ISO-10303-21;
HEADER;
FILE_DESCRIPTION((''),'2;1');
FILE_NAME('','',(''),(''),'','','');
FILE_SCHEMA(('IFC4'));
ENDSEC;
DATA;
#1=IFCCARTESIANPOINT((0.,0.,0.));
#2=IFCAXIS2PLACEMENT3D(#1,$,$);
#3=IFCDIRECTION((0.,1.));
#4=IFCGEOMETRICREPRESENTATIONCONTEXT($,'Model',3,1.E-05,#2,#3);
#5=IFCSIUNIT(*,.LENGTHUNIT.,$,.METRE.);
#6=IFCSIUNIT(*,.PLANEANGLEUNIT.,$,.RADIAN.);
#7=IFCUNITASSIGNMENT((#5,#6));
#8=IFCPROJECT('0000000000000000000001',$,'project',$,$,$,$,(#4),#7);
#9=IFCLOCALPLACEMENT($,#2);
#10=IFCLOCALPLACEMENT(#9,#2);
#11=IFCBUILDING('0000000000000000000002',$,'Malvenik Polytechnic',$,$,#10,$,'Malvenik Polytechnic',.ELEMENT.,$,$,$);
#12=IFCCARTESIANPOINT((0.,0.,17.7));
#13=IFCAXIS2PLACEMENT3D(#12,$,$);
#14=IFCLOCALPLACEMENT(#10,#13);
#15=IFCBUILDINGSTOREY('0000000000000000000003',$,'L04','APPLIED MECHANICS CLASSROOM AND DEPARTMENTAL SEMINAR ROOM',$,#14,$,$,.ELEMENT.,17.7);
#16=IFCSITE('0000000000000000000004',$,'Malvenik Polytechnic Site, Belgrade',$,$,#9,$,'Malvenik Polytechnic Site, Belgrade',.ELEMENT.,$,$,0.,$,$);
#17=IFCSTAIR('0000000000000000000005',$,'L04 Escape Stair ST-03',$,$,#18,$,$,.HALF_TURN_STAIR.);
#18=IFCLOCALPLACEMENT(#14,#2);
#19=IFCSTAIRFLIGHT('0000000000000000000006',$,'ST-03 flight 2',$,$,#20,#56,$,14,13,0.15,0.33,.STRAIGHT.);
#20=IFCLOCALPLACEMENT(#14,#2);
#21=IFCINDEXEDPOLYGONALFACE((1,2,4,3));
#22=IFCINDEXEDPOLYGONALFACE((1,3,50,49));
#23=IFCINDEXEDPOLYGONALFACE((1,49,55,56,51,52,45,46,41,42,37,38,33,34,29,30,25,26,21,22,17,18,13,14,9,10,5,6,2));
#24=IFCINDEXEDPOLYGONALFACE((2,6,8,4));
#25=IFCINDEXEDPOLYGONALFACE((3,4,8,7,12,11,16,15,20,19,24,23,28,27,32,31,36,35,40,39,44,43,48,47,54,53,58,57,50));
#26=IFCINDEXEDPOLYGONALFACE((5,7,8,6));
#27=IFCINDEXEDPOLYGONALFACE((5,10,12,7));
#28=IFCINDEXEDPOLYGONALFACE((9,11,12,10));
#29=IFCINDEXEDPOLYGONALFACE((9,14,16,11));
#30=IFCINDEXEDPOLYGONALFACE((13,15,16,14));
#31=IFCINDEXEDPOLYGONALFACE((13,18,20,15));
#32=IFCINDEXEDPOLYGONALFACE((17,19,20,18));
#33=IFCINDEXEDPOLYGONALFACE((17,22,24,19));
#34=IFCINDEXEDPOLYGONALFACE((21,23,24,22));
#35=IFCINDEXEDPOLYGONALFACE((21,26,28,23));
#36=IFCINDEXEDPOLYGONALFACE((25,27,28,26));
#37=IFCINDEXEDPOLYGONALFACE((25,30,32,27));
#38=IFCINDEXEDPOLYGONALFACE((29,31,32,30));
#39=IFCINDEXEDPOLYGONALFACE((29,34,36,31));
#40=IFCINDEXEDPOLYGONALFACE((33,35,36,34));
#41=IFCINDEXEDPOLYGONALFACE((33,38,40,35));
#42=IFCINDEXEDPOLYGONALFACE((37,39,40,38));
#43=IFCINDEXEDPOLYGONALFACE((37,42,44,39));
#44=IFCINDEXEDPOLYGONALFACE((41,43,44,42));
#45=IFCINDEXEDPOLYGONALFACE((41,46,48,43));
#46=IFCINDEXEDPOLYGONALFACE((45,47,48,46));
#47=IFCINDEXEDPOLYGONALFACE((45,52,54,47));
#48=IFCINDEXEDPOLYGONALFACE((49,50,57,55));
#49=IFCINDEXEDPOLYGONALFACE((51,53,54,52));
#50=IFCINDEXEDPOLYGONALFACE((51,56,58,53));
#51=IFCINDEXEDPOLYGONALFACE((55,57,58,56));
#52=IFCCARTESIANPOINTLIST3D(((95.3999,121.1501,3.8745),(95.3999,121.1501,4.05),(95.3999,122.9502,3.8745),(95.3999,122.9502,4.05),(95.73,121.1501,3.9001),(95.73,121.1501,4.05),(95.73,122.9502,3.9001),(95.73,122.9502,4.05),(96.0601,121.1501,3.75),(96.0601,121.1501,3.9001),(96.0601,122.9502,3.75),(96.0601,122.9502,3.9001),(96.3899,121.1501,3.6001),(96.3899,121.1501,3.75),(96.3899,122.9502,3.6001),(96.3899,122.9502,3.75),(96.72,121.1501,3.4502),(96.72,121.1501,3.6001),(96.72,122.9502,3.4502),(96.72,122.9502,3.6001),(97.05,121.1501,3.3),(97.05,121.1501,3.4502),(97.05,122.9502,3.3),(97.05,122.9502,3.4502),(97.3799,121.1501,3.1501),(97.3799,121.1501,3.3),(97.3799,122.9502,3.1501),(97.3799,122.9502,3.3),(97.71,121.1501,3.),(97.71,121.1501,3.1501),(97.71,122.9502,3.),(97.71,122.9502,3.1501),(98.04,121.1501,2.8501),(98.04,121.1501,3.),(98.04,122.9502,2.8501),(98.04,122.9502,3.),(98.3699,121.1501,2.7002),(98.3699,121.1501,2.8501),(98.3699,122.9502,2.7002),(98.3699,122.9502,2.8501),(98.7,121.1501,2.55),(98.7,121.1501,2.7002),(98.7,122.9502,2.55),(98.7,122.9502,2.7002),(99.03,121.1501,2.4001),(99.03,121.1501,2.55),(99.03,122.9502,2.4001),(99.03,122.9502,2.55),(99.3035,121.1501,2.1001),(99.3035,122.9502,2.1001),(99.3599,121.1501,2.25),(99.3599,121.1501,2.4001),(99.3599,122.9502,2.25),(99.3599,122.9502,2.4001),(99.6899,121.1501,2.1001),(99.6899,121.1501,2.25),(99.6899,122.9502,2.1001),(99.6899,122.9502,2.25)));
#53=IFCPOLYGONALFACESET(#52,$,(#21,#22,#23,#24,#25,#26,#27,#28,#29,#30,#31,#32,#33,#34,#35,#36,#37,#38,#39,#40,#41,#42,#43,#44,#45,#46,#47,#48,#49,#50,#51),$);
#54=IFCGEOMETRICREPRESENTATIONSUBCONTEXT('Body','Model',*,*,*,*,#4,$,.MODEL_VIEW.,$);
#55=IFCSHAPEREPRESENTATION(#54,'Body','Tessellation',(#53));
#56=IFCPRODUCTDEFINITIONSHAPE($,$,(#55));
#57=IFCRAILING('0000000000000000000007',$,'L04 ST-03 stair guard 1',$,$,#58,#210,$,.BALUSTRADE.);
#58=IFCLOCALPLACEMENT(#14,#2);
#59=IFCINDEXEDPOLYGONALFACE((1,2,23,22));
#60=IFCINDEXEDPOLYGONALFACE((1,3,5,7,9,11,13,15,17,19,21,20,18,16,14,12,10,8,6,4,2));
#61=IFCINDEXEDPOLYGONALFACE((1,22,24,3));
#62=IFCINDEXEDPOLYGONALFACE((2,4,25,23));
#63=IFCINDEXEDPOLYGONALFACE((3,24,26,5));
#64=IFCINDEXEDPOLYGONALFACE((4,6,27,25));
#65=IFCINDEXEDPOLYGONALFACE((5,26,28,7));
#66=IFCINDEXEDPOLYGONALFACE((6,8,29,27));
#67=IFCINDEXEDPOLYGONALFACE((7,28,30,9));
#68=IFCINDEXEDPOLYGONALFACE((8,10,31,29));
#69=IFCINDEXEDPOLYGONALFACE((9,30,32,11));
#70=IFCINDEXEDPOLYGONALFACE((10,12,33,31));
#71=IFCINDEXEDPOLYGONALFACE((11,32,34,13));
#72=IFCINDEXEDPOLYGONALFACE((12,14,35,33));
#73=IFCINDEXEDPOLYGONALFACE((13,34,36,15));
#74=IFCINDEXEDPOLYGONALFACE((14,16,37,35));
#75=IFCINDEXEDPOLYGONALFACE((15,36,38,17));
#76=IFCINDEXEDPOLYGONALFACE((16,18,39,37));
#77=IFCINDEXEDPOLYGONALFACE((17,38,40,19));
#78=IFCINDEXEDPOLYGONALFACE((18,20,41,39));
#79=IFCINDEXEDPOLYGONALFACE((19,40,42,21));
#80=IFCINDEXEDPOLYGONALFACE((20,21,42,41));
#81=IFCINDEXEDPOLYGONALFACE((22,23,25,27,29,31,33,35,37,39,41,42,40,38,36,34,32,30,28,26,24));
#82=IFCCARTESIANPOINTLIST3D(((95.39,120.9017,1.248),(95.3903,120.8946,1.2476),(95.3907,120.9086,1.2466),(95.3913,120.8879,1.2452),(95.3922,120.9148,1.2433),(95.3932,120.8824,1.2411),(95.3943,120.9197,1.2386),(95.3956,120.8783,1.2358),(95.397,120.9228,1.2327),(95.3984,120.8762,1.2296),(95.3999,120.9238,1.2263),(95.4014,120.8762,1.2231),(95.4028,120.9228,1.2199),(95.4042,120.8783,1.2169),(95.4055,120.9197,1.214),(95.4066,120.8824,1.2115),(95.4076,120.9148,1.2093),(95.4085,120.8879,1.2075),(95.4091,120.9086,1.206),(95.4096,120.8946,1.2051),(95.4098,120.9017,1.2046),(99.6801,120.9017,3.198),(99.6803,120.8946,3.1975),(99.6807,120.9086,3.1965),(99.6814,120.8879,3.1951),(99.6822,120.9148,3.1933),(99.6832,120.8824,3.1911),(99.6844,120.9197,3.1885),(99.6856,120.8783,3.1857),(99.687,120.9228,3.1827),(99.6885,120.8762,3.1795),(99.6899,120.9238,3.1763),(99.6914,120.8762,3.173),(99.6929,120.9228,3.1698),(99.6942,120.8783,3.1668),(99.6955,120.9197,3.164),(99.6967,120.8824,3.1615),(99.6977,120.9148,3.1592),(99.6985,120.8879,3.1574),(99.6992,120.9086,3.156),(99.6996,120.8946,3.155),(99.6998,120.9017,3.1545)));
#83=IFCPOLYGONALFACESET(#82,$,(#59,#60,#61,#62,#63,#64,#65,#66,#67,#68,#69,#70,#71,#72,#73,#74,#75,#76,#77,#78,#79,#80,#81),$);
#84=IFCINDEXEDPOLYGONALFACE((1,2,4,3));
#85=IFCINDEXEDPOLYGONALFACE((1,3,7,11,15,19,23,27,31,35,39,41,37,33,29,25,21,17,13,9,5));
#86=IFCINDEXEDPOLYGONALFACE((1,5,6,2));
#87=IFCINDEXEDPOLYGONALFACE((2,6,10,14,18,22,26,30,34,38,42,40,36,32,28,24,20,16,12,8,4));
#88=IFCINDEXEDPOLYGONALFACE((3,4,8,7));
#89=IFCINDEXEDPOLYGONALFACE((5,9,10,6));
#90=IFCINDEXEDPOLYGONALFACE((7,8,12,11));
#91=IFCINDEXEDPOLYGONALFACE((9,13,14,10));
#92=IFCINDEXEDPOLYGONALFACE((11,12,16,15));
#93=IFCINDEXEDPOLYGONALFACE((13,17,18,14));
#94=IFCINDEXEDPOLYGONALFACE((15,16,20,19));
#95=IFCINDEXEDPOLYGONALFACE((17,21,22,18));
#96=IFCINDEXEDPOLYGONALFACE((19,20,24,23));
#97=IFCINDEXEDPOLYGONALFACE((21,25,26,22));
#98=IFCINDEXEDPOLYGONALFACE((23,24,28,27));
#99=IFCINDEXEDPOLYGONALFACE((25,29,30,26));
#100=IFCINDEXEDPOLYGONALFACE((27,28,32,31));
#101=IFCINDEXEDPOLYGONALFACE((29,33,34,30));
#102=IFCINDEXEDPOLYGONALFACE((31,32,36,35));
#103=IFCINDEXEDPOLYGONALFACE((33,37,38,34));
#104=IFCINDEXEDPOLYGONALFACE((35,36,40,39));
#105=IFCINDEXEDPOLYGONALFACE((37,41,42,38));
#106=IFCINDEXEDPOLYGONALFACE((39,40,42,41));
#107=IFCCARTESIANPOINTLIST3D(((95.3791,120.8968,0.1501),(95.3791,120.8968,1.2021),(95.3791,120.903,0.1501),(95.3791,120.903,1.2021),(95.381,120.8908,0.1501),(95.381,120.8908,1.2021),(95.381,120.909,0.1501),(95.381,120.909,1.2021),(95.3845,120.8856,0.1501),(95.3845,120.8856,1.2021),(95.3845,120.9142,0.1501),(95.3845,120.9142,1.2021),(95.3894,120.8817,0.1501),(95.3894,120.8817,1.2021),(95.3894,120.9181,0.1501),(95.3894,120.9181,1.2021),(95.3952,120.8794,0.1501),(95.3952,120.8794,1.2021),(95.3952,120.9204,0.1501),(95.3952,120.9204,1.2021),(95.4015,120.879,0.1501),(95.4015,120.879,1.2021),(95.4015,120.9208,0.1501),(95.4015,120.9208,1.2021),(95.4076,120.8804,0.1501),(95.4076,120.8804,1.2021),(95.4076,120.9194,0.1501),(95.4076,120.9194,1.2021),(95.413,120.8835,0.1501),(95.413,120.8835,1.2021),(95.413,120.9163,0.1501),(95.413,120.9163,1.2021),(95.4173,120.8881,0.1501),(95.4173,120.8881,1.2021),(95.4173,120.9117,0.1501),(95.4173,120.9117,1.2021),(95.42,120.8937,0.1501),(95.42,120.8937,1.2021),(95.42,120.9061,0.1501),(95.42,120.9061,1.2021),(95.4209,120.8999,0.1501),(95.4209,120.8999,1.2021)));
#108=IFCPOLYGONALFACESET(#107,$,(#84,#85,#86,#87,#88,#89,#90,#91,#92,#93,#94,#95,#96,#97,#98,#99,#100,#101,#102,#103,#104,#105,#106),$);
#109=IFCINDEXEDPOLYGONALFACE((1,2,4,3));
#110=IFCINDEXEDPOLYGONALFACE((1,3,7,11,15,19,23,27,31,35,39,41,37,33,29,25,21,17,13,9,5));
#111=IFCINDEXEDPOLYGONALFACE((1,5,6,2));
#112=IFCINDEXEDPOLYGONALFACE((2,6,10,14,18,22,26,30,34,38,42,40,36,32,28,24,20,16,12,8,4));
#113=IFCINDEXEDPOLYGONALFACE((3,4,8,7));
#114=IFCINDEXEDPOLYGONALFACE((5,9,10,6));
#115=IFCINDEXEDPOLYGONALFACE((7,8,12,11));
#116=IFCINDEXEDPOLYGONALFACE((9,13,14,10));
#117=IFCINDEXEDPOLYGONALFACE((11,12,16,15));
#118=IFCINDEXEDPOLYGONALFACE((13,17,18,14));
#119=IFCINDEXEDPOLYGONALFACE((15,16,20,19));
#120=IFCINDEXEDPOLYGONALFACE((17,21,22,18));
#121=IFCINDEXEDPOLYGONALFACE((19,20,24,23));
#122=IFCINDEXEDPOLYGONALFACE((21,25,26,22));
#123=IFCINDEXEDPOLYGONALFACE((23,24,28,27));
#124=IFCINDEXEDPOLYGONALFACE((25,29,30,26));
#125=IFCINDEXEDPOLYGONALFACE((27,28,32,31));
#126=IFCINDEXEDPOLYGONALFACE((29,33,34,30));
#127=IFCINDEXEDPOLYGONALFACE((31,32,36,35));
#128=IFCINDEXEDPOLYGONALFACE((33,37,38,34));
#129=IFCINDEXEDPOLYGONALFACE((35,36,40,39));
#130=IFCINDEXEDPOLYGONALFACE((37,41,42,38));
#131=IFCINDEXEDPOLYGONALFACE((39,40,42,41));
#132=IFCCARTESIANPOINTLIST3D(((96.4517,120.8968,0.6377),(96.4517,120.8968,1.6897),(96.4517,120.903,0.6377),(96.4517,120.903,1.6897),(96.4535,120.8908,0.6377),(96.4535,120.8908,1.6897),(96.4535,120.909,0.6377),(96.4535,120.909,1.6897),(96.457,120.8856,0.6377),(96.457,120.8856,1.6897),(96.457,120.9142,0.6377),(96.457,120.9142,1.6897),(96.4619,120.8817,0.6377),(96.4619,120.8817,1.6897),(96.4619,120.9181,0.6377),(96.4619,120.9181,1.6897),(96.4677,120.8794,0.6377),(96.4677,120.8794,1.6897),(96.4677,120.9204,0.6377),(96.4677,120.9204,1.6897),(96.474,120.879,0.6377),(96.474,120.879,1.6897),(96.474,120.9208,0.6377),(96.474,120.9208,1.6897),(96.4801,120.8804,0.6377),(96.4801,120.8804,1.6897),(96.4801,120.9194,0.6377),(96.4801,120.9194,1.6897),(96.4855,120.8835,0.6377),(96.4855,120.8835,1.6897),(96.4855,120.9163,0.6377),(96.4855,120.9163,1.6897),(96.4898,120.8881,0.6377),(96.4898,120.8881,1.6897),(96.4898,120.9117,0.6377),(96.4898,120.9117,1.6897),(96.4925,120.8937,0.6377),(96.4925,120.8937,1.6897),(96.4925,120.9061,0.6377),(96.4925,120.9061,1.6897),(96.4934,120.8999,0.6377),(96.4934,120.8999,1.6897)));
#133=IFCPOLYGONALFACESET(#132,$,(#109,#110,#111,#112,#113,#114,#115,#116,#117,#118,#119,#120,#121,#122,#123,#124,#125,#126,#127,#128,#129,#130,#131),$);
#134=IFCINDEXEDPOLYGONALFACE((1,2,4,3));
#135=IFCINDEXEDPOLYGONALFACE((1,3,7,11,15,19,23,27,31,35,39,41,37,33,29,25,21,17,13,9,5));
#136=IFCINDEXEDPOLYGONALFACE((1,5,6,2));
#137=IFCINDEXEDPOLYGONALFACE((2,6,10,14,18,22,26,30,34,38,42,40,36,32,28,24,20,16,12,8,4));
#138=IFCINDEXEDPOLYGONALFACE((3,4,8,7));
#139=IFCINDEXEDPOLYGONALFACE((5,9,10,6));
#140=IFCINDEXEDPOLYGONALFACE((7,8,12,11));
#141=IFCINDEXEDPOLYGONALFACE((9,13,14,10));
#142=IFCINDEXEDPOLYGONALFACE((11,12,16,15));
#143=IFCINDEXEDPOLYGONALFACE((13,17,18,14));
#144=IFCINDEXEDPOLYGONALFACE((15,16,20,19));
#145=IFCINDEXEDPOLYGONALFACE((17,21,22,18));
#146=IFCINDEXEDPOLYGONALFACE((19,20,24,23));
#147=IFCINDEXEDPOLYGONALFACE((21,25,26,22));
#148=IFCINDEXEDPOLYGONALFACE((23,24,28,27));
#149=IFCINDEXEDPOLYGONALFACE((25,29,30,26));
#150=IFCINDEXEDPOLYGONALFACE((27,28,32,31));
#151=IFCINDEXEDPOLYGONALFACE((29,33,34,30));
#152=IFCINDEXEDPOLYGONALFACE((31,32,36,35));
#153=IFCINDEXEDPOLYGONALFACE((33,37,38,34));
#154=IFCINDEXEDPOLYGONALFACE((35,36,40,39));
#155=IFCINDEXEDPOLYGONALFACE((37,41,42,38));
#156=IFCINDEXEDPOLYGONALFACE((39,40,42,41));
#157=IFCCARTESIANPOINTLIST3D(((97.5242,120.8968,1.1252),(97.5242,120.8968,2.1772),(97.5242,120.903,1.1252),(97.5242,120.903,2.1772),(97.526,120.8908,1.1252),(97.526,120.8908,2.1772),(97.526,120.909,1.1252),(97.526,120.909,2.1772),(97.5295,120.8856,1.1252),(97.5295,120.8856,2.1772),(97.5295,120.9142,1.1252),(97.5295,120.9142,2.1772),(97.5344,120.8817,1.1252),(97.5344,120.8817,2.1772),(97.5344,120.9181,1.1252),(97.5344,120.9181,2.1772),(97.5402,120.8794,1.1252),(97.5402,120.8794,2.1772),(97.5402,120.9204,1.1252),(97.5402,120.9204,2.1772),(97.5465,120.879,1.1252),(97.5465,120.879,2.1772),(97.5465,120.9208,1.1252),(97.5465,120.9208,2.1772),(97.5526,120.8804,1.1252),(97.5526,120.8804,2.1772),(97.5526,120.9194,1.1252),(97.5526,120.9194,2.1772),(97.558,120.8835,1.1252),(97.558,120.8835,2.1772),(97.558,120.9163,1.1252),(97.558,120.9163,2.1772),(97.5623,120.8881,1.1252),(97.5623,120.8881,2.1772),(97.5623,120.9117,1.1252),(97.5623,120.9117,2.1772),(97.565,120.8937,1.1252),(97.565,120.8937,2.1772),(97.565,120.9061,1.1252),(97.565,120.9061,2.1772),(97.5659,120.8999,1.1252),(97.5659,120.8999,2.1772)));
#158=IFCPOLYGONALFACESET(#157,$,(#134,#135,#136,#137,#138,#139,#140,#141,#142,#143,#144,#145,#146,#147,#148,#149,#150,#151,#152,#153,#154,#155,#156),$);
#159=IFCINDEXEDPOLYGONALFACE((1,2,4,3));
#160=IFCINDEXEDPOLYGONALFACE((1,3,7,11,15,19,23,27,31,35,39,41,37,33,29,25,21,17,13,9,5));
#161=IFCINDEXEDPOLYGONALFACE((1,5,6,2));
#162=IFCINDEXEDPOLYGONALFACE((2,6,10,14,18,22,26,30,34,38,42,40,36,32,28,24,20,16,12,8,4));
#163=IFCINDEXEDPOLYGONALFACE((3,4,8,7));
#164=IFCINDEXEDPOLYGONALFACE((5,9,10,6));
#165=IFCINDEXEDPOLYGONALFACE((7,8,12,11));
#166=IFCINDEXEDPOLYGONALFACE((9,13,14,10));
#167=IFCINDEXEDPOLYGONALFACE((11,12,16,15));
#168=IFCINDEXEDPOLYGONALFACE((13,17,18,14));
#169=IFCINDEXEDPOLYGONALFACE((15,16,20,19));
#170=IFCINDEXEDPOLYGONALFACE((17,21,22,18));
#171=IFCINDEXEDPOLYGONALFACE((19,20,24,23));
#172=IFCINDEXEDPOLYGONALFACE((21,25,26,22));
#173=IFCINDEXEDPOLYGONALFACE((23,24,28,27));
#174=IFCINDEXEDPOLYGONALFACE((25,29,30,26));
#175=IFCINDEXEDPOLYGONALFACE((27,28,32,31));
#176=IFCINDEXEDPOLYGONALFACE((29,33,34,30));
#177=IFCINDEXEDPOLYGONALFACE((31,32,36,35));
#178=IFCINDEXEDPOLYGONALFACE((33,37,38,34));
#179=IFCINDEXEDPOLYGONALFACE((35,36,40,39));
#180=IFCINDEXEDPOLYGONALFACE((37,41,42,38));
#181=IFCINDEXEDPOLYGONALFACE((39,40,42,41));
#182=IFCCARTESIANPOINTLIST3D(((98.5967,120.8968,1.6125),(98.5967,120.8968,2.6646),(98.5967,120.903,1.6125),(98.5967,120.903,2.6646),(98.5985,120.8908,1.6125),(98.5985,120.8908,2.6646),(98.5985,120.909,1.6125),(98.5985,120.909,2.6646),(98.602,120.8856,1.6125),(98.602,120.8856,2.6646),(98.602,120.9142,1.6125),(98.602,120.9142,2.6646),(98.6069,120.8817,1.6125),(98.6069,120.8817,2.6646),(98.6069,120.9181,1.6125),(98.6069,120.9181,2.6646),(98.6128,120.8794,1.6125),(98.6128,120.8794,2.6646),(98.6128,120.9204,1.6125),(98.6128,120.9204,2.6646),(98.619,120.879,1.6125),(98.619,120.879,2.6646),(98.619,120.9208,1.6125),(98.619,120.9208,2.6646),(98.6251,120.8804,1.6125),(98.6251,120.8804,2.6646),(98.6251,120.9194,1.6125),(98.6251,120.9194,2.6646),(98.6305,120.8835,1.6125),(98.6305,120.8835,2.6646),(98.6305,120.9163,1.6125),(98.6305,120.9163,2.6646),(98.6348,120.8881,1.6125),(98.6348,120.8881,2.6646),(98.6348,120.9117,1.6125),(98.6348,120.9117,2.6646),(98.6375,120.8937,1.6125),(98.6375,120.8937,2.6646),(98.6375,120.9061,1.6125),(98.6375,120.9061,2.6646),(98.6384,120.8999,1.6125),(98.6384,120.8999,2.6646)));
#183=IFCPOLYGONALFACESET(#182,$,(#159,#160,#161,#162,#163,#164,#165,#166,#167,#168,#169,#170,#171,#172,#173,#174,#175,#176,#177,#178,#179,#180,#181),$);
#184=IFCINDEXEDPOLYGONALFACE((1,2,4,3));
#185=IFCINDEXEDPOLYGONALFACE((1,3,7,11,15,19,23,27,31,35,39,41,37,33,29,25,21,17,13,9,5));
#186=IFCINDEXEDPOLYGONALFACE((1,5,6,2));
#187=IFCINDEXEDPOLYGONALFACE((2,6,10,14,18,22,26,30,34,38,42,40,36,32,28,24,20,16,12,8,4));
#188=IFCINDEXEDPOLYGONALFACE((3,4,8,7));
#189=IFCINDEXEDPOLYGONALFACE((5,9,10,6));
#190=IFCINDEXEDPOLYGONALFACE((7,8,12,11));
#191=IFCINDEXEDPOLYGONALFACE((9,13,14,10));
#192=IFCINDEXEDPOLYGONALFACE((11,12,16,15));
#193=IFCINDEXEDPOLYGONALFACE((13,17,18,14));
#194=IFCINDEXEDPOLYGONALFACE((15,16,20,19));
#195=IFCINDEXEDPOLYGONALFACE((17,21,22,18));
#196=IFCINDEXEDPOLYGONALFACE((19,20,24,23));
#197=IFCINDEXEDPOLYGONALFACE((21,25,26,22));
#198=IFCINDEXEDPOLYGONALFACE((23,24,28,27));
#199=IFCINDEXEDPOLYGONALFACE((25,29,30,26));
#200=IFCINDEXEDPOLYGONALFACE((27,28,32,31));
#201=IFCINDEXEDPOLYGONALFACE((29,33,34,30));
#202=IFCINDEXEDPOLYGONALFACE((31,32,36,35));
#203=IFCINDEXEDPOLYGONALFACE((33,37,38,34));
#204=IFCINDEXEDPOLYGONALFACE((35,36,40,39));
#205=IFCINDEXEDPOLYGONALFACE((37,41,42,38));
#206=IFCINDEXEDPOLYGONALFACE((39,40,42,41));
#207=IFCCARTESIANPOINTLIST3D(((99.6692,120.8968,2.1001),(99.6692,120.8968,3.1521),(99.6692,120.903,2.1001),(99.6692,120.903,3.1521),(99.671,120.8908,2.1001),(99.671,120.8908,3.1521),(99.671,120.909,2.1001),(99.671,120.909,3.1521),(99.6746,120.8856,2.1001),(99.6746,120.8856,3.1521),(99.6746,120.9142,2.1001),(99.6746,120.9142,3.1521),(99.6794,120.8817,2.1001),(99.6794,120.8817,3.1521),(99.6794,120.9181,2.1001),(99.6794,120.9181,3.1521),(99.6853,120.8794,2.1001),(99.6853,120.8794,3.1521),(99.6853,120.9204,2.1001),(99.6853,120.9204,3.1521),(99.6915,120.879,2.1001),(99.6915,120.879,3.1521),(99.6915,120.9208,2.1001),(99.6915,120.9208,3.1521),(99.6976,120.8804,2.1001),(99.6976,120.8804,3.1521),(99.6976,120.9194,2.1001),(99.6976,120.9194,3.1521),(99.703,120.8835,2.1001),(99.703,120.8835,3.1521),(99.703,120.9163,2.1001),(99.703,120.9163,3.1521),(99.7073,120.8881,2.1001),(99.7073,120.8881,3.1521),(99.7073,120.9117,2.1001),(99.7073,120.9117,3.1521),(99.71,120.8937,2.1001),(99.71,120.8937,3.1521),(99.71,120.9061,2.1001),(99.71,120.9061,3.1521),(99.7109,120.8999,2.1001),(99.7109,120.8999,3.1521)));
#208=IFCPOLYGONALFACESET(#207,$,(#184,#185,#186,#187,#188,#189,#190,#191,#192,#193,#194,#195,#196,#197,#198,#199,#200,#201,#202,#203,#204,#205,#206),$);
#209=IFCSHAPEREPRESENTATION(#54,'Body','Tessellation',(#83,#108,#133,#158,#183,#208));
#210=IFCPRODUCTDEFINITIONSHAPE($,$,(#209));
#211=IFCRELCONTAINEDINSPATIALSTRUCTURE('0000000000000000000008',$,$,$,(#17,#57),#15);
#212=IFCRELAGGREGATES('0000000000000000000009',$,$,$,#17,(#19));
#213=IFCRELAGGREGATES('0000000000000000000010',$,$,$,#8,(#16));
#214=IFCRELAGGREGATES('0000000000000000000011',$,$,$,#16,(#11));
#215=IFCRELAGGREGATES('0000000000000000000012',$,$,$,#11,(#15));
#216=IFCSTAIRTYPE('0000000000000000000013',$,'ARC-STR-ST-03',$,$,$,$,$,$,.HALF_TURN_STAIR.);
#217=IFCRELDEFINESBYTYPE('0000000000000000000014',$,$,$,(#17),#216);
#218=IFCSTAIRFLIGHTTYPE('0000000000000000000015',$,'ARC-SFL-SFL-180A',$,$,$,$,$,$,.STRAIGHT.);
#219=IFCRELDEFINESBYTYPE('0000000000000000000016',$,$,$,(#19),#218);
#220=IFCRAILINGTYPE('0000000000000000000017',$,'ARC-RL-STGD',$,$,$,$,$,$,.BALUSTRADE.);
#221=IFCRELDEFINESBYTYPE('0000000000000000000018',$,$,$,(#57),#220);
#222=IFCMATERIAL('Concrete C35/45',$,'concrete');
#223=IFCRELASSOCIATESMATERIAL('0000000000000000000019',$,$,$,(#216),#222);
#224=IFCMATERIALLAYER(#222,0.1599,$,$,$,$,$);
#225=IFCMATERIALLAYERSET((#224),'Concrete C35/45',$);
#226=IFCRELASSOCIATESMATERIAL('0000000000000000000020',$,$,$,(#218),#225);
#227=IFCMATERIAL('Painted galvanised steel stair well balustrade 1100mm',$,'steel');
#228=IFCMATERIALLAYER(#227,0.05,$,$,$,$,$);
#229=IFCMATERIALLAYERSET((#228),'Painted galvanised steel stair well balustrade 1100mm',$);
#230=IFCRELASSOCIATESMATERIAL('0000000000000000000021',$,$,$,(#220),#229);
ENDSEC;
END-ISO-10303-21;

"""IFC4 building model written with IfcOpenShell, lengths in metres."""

from ifc_helpers import new_model, si_unit, direction, frame, origin, origin_2d, place, context, subcontext, project, spatial, polyline, circle, outline, extrude, material, layer, layer_set, type_object, element, aggregate, save


model = new_model("IFC4")

# Units and contexts
model_context = context("Model", 3, precision=1e-05, world=origin(), true_north=direction((0.0, 1.0)))
body_context = subcontext(model_context, "Body", "Model", "MODEL_VIEW")
ifc_project = project(units=[si_unit("LENGTHUNIT", "METRE"), si_unit("PLANEANGLEUNIT", "RADIAN")], contexts=[model_context])

# Site, building, storey
site_placement = place(None, origin())
site = spatial("IfcSite", under=ifc_project, at=site_placement, Name="Malvenik Polytechnic Site, Belgrade", LongName="Malvenik Polytechnic Site, Belgrade", CompositionType="ELEMENT", RefElevation=0.0)
building_placement = place(site_placement, origin())
building = spatial("IfcBuilding", under=site, at=building_placement, Name="Malvenik Polytechnic", LongName="Malvenik Polytechnic", CompositionType="ELEMENT")
storey_placement = place(building_placement, frame((0.0, 0.0, 17.7)))
storey = spatial("IfcBuildingStorey", under=building, at=storey_placement, Name="L04", Description="APPLIED MECHANICS CLASSROOM AND DEPARTMENTAL SEMINAR ROOM", CompositionType="ELEMENT", Elevation=17.7)

# Shared definitions
ifc_material_1 = material(Name="Concrete C35/45", Category="concrete")

# Stair, stair flight
stair_type = type_object("IfcStairType", Name="ARC-STR-ST-03", PredefinedType="HALF_TURN_STAIR", material=ifc_material_1)
stair_placement = place(storey_placement, origin())
stair = element("IfcStair", 1, at=stair_placement, inside=storey, type_object=stair_type, Name="L04 Escape Stair ST-03", PredefinedType="HALF_TURN_STAIR")
ifc_layer_1 = layer(ifc_material_1, 0.1599)
ifc_layer_set_1 = layer_set([ifc_layer_1], Name="Concrete C35/45")
stair_flight_type = type_object("IfcStairFlightType", Name="ARC-SFL-SFL-180A", PredefinedType="STRAIGHT", material=ifc_layer_set_1)
stair_flight_1_placement = place(storey_placement, frame((99.6899, 122.05, 2.1001), z_axis=(0.0, 0.0, 1.0), x_axis=(-1.0, 0.0, 0.0)))
stair_flight_1 = element("IfcStairFlight", 2, at=stair_flight_1_placement, type_object=stair_flight_type, Name="ST-03 flight 2", NumberOfRisers=14, NumberOfTreads=13, PredefinedType="STRAIGHT", RiserHeight=0.15, TreadLength=0.33, context=body_context, shape_type="SweptSolid", body=[
    extrude(outline(polyline([(0.0, 0.0), (0.0, 0.1499), (0.3301, 0.1499), (0.3301, 0.3), (0.6599, 0.3), (0.6599, 0.45), (0.99, 0.45), (0.99, 0.6001), (1.3201, 0.6001), (1.3201, 0.75), (1.6499, 0.75), (1.6499, 0.8999), (1.98, 0.8999), (1.98, 1.05), (2.3101, 1.05), (2.3101, 1.2), (2.6399, 1.2), (2.6399, 1.3501), (2.97, 1.3501), (2.97, 1.5), (3.3, 1.5), (3.3, 1.6499), (3.6299, 1.6499), (3.6299, 1.8), (3.96, 1.8), (3.96, 1.95), (4.29, 1.95), (4.29, 2.1001), (4.29, 1.7744), (0.3865, 0.0), (0.0, 0.0)])), frame((0.0, 0.8999, 0.0), z_axis=(0.0, -1.0, 0.0), x_axis=(1.0, 0.0, 0.0)), (0.0, 0.0, 1.0), 1.8),
])
aggregate(stair, [stair_flight_1])

# Railing
ifc_material_2 = material(Name="Painted galvanised steel stair well balustrade 1100mm", Category="steel")
ifc_layer_2 = layer(ifc_material_2, 0.05)
ifc_layer_set_2 = layer_set([ifc_layer_2], Name="Painted galvanised steel stair well balustrade 1100mm")
railing_type_1 = type_object("IfcRailingType", Name="ARC-RL-STGD", PredefinedType="BALUSTRADE", material=ifc_layer_set_2)
railing_1_placement = place(storey_placement, frame((95.3999, 120.8999, 0.1501)))
element("IfcRailing", 3, at=railing_1_placement, inside=storey, type_object=railing_type_1, Name="L04 ST-03 stair guard 1", PredefinedType="BALUSTRADE", context=body_context, shape_type="SweptSolid", body=[
    extrude(circle(Radius=0.0239, at=origin_2d()), frame((0.0, 0.0, 1.0762), z_axis=(0.910372, 0.0, 0.413791), x_axis=(0.0, 1.0, 0.0)), (0.0, 0.0, 1.0), 4.7124),
    extrude(circle(Radius=0.021, at=origin_2d()), origin(), (0.0, 0.0, 1.0), 1.052),
    extrude(circle(Radius=0.021, at=origin_2d()), frame((1.0725, 0.0, 0.4875)), (0.0, 0.0, 1.0), 1.052),
    extrude(circle(Radius=0.021, at=origin_2d()), frame((2.145, 0.0, 0.9751)), (0.0, 0.0, 1.0), 1.052),
    extrude(circle(Radius=0.021, at=origin_2d()), frame((3.2175, 0.0, 1.4624)), (0.0, 0.0, 1.0), 1.052),
    extrude(circle(Radius=0.021, at=origin_2d()), frame((4.29, 0.0, 1.95)), (0.0, 0.0, 1.0), 1.052),
])

save(model, "model.ifc")
